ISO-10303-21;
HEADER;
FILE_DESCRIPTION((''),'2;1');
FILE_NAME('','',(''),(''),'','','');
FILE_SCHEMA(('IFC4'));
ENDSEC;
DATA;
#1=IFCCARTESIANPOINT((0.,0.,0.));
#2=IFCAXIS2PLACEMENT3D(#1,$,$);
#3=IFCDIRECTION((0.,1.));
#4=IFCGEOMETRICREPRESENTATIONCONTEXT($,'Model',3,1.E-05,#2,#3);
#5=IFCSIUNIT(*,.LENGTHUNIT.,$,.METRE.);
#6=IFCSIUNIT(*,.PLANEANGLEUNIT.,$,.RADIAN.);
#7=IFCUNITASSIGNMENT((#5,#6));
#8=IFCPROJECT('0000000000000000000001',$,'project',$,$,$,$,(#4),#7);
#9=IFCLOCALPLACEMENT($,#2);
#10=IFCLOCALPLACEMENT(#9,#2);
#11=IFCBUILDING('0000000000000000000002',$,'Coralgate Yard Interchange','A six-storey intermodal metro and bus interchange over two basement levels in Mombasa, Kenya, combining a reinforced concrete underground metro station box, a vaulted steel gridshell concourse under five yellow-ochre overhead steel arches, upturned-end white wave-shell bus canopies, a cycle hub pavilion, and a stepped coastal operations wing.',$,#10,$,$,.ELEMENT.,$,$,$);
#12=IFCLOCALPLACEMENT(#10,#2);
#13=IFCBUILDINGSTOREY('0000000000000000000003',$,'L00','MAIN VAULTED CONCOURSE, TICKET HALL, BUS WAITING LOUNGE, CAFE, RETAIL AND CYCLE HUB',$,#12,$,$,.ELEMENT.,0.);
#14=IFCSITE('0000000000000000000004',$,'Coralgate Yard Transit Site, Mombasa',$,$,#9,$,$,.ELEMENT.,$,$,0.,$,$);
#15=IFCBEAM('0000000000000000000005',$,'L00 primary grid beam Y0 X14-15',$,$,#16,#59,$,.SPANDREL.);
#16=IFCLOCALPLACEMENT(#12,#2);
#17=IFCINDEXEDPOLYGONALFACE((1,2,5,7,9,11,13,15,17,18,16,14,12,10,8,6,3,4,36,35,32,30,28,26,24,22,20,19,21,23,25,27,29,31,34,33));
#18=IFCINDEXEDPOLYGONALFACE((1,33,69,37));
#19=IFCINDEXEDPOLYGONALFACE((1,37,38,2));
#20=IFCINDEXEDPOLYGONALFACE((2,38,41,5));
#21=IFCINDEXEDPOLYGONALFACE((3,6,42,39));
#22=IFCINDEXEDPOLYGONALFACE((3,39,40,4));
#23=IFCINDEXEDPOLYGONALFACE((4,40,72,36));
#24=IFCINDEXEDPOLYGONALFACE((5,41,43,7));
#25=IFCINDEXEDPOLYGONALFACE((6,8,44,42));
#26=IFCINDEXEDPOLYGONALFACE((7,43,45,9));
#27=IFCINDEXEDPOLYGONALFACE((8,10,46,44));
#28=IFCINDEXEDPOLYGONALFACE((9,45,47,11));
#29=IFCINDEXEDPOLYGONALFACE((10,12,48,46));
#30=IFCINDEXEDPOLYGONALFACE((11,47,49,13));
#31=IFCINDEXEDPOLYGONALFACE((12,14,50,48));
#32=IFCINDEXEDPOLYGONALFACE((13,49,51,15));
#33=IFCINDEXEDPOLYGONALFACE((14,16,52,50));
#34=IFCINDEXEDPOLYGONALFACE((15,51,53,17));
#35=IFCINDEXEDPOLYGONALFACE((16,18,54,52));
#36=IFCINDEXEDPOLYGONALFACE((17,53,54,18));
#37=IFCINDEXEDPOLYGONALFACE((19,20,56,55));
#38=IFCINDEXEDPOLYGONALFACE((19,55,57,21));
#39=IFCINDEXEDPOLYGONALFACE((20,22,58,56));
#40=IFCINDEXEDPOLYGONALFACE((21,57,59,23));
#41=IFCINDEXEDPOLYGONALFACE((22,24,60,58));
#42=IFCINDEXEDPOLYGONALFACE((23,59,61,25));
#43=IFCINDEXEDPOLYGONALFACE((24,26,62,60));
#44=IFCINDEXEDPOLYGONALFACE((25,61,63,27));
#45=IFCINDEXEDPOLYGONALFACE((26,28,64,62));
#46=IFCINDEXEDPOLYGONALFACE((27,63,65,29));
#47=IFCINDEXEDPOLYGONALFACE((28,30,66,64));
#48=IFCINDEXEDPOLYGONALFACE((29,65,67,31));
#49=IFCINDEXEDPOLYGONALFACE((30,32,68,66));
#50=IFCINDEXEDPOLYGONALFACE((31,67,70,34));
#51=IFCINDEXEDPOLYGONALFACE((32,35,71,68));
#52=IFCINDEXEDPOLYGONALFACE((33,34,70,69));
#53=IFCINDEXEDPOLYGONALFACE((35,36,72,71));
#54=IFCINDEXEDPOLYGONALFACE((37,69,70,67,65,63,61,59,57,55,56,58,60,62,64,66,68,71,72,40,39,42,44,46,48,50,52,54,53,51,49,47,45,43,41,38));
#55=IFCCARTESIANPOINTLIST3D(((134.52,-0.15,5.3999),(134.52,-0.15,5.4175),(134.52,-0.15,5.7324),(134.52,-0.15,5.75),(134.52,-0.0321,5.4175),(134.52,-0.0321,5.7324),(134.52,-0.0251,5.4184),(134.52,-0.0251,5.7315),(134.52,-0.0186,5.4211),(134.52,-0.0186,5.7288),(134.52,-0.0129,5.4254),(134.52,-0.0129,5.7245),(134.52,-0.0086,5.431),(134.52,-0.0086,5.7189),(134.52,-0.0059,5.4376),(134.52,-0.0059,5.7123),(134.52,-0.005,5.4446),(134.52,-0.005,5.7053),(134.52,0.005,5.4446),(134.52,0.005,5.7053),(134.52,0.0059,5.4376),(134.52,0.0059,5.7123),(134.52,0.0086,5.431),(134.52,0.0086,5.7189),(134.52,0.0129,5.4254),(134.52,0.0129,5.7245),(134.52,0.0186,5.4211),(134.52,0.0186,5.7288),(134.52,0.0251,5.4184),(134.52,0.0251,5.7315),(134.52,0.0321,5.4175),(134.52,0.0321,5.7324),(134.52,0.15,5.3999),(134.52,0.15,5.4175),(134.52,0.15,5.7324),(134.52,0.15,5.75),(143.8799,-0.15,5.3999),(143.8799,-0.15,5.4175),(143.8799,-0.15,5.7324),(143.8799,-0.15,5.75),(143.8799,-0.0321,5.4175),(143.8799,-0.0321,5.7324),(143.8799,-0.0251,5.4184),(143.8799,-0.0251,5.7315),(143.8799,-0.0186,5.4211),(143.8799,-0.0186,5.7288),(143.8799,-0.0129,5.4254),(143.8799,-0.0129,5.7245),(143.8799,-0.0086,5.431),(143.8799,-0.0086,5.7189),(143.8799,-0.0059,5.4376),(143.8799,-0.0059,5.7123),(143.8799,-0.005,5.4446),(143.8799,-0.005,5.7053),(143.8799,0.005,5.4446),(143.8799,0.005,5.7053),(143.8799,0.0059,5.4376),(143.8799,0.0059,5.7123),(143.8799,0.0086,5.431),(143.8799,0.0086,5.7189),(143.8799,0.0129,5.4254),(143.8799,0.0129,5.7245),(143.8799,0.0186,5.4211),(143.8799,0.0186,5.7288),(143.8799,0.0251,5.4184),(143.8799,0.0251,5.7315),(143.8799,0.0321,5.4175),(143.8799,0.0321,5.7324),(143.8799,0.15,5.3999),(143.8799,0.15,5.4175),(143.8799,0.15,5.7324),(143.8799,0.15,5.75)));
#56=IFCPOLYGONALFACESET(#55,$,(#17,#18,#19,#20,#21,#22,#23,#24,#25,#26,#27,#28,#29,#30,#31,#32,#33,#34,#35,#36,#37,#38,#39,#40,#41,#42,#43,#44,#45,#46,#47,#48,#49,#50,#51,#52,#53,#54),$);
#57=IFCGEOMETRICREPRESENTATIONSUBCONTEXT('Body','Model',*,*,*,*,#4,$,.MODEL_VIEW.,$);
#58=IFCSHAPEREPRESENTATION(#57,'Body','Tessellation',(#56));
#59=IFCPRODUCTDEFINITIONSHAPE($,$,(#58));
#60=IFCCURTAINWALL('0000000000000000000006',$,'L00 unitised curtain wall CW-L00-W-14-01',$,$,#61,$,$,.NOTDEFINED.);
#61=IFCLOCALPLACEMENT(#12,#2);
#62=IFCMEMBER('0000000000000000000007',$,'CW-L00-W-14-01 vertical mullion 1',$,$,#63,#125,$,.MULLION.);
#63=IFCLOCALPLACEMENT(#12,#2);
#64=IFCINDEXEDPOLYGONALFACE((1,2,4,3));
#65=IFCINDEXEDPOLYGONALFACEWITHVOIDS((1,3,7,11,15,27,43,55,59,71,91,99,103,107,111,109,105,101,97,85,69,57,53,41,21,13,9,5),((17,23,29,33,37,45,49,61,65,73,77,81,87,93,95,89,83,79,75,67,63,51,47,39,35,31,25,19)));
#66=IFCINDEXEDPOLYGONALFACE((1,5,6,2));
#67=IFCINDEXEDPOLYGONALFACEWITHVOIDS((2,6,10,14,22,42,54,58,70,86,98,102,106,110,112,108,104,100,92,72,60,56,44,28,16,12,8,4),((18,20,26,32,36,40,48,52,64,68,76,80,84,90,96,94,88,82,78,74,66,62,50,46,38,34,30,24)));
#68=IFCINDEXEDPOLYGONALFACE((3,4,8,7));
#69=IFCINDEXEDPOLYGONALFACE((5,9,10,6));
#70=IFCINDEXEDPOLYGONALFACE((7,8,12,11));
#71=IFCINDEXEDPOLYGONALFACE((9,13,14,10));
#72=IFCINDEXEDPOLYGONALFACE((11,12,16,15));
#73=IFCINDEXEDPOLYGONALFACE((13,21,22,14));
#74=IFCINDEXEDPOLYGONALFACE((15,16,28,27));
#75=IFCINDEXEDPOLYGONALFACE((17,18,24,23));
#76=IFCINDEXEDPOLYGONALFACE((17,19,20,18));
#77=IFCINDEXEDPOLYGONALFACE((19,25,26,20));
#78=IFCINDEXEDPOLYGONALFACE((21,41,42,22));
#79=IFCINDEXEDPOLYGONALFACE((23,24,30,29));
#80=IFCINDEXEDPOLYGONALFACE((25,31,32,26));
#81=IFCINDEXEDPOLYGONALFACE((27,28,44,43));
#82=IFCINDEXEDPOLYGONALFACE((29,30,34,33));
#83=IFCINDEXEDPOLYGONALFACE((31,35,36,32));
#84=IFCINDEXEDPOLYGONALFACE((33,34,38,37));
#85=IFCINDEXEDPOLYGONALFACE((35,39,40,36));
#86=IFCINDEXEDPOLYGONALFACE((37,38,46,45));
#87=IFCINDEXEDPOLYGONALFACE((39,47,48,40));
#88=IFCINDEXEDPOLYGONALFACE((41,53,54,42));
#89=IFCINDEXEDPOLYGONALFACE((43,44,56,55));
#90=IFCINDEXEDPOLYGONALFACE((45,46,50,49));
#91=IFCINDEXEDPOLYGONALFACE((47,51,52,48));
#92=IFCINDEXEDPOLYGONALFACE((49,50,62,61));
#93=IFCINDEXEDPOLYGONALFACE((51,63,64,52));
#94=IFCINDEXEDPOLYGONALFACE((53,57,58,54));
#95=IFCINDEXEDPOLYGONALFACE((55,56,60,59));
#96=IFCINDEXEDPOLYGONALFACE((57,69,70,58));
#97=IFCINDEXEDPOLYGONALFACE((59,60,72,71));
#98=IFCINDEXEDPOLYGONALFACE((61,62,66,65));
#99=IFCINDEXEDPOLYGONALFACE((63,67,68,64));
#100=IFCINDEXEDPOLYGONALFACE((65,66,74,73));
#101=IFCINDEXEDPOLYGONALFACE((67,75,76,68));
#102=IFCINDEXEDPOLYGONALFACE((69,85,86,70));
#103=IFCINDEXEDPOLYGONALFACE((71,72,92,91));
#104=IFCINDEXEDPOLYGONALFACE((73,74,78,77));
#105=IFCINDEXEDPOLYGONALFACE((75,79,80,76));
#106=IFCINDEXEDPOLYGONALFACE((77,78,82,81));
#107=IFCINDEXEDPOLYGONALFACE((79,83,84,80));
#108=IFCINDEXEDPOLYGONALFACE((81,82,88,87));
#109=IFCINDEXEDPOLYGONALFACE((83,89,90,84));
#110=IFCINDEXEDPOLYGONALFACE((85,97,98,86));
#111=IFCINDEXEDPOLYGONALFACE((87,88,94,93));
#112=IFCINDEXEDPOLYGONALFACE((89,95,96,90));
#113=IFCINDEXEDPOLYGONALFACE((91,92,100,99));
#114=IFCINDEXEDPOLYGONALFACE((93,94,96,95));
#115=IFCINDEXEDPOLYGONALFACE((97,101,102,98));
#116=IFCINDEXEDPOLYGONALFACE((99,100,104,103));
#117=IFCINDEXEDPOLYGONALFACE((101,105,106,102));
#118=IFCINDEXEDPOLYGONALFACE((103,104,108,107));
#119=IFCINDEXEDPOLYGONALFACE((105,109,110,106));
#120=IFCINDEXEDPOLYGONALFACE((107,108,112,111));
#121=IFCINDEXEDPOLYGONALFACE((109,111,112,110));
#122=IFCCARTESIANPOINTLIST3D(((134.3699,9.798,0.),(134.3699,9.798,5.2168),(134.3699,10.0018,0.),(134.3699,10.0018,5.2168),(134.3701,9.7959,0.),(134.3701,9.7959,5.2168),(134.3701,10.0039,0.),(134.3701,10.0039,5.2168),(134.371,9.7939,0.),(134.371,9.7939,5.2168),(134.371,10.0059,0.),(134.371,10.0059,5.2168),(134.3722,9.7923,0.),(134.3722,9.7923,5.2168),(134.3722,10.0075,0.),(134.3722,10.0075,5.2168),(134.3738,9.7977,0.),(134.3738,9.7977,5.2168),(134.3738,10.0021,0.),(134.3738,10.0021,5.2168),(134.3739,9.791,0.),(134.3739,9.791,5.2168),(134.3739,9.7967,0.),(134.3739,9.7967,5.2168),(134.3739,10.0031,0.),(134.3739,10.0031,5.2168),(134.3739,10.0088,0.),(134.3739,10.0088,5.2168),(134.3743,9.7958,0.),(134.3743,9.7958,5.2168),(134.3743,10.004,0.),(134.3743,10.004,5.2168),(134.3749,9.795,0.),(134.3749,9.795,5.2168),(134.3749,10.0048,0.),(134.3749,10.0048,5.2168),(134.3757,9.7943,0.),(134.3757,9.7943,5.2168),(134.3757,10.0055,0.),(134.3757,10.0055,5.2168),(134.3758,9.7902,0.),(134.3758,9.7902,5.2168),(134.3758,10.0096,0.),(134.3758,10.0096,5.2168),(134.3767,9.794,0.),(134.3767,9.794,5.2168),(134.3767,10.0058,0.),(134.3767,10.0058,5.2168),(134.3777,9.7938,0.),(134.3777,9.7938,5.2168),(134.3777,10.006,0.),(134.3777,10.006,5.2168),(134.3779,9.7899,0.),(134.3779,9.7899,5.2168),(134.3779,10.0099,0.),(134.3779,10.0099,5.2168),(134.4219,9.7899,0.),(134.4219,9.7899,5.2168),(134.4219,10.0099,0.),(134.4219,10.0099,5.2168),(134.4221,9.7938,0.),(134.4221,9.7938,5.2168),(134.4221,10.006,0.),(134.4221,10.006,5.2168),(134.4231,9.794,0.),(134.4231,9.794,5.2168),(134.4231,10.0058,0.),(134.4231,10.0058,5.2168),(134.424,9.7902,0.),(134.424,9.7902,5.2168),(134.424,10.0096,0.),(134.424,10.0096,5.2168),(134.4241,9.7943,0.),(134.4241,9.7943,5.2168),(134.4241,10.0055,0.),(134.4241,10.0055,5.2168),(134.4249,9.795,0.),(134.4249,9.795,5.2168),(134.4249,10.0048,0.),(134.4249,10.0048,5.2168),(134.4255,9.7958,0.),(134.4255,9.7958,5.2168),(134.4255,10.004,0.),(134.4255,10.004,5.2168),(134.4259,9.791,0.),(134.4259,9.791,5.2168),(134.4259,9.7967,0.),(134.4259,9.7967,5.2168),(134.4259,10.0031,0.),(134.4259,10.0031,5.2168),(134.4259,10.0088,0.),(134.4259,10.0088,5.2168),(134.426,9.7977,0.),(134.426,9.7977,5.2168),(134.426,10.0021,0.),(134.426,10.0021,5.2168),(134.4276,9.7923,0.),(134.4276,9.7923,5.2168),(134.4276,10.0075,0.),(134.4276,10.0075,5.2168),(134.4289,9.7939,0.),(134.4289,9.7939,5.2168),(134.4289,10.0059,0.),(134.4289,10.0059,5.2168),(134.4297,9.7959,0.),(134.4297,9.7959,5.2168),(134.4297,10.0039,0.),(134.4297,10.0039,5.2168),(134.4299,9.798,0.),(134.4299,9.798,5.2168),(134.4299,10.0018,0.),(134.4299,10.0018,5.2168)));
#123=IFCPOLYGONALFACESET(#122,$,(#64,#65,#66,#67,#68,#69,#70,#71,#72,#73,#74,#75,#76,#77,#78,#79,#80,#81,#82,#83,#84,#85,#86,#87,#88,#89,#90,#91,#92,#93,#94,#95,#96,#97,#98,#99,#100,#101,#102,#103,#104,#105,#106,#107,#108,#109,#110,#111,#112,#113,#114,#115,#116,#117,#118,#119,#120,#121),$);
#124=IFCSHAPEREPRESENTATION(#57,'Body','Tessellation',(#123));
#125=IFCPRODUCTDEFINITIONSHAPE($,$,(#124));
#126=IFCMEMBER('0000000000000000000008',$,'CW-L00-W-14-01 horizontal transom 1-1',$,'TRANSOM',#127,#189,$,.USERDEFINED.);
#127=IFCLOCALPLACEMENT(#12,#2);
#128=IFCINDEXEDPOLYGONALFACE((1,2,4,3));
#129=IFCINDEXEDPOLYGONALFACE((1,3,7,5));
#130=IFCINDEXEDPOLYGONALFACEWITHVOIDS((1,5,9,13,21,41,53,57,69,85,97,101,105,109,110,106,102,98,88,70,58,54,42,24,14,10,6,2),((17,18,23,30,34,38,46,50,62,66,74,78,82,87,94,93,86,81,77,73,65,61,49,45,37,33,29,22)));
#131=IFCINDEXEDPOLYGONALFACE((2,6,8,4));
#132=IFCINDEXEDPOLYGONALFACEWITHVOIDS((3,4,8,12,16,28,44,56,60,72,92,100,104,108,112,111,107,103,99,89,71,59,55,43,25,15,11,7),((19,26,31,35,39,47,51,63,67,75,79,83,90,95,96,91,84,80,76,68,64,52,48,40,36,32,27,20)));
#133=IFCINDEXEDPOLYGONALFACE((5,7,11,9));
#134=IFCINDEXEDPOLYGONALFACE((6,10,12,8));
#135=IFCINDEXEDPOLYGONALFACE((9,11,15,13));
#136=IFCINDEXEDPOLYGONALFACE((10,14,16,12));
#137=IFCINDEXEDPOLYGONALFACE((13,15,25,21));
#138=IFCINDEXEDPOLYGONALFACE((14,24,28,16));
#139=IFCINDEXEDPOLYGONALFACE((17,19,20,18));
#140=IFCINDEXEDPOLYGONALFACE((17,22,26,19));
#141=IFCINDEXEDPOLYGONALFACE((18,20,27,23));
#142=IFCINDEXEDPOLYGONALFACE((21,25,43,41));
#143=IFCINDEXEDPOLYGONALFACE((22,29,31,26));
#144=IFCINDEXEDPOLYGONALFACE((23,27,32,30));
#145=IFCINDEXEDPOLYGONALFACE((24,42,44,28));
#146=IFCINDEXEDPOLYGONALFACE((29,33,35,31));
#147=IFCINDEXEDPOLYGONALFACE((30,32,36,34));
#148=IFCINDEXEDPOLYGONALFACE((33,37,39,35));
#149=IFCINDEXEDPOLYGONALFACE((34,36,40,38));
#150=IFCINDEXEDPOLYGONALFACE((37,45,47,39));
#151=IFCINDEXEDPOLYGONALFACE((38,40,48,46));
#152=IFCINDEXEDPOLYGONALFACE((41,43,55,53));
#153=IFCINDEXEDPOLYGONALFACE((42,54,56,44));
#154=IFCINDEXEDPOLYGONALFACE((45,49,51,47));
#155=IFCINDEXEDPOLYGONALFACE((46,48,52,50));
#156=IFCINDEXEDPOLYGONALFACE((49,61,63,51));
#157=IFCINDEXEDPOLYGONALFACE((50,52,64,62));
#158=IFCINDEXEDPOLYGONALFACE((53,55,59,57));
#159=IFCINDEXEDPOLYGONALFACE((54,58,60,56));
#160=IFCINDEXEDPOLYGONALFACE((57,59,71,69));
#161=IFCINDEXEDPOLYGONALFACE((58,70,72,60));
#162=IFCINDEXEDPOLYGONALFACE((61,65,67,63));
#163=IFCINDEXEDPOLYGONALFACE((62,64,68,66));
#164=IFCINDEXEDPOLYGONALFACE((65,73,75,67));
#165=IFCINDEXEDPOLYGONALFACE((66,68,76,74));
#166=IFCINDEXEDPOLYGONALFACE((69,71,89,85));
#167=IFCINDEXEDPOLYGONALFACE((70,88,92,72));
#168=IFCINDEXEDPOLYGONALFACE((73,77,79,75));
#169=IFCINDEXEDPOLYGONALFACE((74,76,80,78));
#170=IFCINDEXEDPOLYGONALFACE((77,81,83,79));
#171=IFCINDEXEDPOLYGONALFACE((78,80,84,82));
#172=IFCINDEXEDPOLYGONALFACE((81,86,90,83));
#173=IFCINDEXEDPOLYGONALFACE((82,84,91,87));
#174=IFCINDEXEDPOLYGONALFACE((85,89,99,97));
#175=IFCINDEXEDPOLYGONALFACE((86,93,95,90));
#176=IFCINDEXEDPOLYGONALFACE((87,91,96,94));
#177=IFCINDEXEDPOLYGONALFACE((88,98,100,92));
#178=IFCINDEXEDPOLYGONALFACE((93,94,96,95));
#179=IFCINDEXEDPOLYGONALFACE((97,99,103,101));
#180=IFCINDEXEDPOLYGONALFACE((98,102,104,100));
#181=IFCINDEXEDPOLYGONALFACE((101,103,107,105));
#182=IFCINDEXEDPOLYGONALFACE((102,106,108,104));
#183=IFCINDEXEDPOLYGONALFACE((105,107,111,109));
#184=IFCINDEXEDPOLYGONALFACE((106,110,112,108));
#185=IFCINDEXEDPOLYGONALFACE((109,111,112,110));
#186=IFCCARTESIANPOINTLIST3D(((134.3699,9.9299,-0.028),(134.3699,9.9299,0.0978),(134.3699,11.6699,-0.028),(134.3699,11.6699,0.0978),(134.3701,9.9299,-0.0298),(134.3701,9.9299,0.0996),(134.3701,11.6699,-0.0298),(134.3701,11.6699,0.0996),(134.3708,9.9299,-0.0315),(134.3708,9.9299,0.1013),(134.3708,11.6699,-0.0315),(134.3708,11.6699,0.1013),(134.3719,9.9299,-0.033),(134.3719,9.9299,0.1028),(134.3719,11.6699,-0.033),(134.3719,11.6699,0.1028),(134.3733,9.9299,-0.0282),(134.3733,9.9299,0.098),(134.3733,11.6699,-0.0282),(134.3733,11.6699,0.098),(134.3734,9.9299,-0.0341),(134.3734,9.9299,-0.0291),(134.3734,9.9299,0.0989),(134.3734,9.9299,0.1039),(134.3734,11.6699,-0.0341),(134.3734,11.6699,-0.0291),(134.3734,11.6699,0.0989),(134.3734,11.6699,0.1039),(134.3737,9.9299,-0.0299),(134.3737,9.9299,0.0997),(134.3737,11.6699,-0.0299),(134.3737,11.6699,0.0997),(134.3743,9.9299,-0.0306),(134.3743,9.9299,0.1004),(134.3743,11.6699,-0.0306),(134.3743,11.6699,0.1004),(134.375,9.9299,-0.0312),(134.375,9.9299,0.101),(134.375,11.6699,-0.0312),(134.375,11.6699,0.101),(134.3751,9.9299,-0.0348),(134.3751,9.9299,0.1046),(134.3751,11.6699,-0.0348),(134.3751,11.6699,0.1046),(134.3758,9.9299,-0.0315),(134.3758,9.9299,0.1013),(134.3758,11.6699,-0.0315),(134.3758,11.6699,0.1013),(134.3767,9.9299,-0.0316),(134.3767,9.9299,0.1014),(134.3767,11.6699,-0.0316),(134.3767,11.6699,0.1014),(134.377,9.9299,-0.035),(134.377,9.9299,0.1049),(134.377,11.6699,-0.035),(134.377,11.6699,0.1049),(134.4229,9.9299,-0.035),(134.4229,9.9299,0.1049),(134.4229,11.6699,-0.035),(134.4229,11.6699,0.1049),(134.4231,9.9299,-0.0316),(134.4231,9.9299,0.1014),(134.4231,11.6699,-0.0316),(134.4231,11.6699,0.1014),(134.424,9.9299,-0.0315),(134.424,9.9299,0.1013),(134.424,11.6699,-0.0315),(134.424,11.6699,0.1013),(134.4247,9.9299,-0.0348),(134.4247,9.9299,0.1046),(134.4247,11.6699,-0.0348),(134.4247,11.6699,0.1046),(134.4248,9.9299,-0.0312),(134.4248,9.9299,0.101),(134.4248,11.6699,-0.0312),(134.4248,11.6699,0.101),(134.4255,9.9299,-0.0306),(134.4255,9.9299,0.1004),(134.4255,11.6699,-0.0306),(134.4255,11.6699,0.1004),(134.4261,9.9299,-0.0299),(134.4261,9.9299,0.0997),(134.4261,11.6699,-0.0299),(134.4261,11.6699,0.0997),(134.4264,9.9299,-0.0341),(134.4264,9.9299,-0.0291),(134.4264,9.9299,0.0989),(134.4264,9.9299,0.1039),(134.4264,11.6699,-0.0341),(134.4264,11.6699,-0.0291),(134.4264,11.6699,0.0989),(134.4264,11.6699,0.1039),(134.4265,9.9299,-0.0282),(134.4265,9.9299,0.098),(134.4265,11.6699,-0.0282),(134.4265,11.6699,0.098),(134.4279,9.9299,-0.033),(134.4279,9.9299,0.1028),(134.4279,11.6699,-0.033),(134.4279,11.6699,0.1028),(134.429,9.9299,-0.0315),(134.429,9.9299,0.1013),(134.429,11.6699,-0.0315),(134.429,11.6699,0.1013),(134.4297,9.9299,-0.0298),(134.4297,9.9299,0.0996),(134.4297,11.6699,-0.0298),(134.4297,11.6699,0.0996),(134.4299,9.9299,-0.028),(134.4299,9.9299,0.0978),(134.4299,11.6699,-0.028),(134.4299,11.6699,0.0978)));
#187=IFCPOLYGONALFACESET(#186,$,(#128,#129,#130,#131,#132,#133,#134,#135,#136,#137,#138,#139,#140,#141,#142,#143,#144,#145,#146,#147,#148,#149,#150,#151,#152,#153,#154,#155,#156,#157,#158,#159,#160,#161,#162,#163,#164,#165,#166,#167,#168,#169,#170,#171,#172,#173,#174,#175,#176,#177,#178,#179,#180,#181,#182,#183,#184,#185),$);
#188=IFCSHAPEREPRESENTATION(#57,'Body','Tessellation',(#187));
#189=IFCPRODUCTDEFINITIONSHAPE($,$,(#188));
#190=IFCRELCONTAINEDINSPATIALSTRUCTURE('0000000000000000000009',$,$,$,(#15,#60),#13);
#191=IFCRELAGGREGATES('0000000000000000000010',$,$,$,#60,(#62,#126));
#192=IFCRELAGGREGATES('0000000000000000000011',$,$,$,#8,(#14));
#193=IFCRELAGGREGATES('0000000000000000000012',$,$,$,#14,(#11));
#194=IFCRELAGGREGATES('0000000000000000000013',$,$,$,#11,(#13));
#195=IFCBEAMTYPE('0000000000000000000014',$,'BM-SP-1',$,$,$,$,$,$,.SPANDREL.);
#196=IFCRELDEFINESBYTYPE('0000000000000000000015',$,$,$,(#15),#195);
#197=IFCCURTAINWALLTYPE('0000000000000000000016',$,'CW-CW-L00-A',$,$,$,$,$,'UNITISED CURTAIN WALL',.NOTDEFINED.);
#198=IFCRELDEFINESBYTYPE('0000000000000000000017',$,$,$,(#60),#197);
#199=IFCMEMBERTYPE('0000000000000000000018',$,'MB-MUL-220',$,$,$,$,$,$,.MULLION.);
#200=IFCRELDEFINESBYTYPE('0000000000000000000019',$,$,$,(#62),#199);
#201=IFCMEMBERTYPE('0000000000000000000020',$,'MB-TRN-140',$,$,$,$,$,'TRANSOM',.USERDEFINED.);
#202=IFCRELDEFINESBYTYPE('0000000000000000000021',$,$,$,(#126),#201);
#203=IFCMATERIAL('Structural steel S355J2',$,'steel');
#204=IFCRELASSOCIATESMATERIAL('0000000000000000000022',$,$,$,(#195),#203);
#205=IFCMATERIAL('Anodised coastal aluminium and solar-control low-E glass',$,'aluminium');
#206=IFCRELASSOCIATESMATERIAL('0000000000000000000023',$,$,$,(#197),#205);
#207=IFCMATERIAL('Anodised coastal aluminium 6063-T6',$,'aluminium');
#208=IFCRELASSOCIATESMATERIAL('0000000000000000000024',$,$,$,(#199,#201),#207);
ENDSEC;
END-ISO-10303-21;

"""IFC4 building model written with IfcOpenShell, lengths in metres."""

from ifc_helpers import new_model, si_unit, direction, frame, origin, origin_2d, place, context, subcontext, project, spatial, hollow_rectangle, i_section, extrude, material, material_profile, profile_set, type_object, element, aggregate, save


model = new_model("IFC4")

# Units and contexts
model_context = context("Model", 3, precision=1e-05, world=origin(), true_north=direction((0.0, 1.0)))
body_context = subcontext(model_context, "Body", "Model", "MODEL_VIEW")
ifc_project = project(units=[si_unit("LENGTHUNIT", "METRE"), si_unit("PLANEANGLEUNIT", "RADIAN")], contexts=[model_context])

# Site, building, storey
site_placement = place(None, origin())
site = spatial("IfcSite", under=ifc_project, at=site_placement, Name="Coralgate Yard Transit Site, Mombasa", CompositionType="ELEMENT", RefElevation=0.0)
building_placement = place(site_placement, origin())
building = spatial("IfcBuilding", under=site, at=building_placement, Name="Coralgate Yard Interchange", Description="A six-storey intermodal metro and bus interchange over two basement levels in Mombasa, Kenya, combining a reinforced concrete underground metro station box, a vaulted steel gridshell concourse under five yellow-ochre overhead steel arches, upturned-end white wave-shell bus canopies, a cycle hub pavilion, and a stepped coastal operations wing.", CompositionType="ELEMENT")
storey_placement = place(building_placement, origin())
storey = spatial("IfcBuildingStorey", under=building, at=storey_placement, Name="L00", Description="MAIN VAULTED CONCOURSE, TICKET HALL, BUS WAITING LOUNGE, CAFE, RETAIL AND CYCLE HUB", CompositionType="ELEMENT", Elevation=0.0)

# Shared definitions
ifc_material_1 = material(Name="Structural steel S355J2", Category="steel")

# Beam
ifc_material_profile_1 = material_profile(ifc_material_1, i_section(OverallWidth=0.3, OverallDepth=0.3501, WebThickness=0.01, FlangeThickness=0.0176, FilletRadius=0.0271, at=origin_2d()), Name="HEA 360")
ifc_profile_set_1 = profile_set([ifc_material_profile_1], Name="Structural steel S355J2")
beam_type_1 = type_object("IfcBeamType", Name="BM-SP-1", PredefinedType="SPANDREL", material=ifc_profile_set_1)
beam_1_placement = place(storey_placement, frame((134.52, 0.0, 5.575), z_axis=(1.0, 0.0, 0.0), x_axis=(0.0, 1.0, 0.0)))
element("IfcBeam", 1, at=beam_1_placement, inside=storey, type_object=beam_type_1, Name="L00 primary grid beam Y0 X14-15", PredefinedType="SPANDREL", context=body_context, shape_type="SweptSolid", body=[
    extrude(i_section(OverallWidth=0.3, OverallDepth=0.3501, WebThickness=0.01, FlangeThickness=0.0176, FilletRadius=0.0271, at=origin_2d()), origin(), (0.0, 0.0, 1.0), 9.3599),
])

# Curtain wall, members
ifc_material_2 = material(Name="Anodised coastal aluminium and solar-control low-E glass", Category="aluminium")
curtain_wall_type = type_object("IfcCurtainWallType", Name="CW-CW-L00-A", ElementType="UNITISED CURTAIN WALL", PredefinedType="NOTDEFINED", material=ifc_material_2)
curtain_wall_placement = place(storey_placement, origin())
curtain_wall = element("IfcCurtainWall", 2, at=curtain_wall_placement, inside=storey, type_object=curtain_wall_type, Name="L00 unitised curtain wall CW-L00-W-14-01", PredefinedType="NOTDEFINED")
ifc_material_3 = material(Name="Anodised coastal aluminium 6063-T6", Category="aluminium")
ifc_material_profile_2 = material_profile(ifc_material_3, hollow_rectangle(XDim=0.0601, YDim=0.22, WallThickness=0.0039, InnerFilletRadius=0.0039, OuterFilletRadius=0.0081, at=origin_2d()), Name="ALU 60x220x4")
ifc_profile_set_2 = profile_set([ifc_material_profile_2], Name="Anodised coastal aluminium 6063-T6")
member_type_1 = type_object("IfcMemberType", Name="MB-MUL-220", PredefinedType="MULLION", material=ifc_profile_set_2)
member_1_placement = place(storey_placement, frame((134.3999, 9.8999, 0.0), z_axis=(0.0, 0.0, 1.0), x_axis=(1.0, 0.0, 0.0)))
member_1 = element("IfcMember", 3, at=member_1_placement, type_object=member_type_1, Name="CW-L00-W-14-01 vertical mullion 1", PredefinedType="MULLION", context=body_context, shape_type="SweptSolid", body=[
    extrude(hollow_rectangle(XDim=0.0601, YDim=0.22, WallThickness=0.0039, InnerFilletRadius=0.0039, OuterFilletRadius=0.0081, at=origin_2d()), origin(), (0.0, 0.0, 1.0), 5.2168),
])
ifc_material_profile_3 = material_profile(ifc_material_3, hollow_rectangle(XDim=0.0601, YDim=0.1399, WallThickness=0.0034, InnerFilletRadius=0.0034, OuterFilletRadius=0.0071, at=origin_2d()), Name="ALU 60x140x3.5")
ifc_profile_set_3 = profile_set([ifc_material_profile_3], Name="Anodised coastal aluminium 6063-T6")
member_type_2 = type_object("IfcMemberType", Name="MB-TRN-140", ElementType="TRANSOM", PredefinedType="USERDEFINED", material=ifc_profile_set_3)
member_2_placement = place(storey_placement, frame((134.3999, 9.9299, 0.0349), z_axis=(0.0, 1.0, 0.0), x_axis=(-1.0, 0.0, 0.0)))
member_2 = element("IfcMember", 4, at=member_2_placement, type_object=member_type_2, Name="CW-L00-W-14-01 horizontal transom 1-1", ObjectType="TRANSOM", PredefinedType="USERDEFINED", context=body_context, shape_type="SweptSolid", body=[
    extrude(hollow_rectangle(XDim=0.0601, YDim=0.1399, WallThickness=0.0034, InnerFilletRadius=0.0034, OuterFilletRadius=0.0071, at=origin_2d()), origin(), (0.0, 0.0, 1.0), 1.74),
])
aggregate(curtain_wall, [member_1, member_2])

save(model, "model.ifc")
